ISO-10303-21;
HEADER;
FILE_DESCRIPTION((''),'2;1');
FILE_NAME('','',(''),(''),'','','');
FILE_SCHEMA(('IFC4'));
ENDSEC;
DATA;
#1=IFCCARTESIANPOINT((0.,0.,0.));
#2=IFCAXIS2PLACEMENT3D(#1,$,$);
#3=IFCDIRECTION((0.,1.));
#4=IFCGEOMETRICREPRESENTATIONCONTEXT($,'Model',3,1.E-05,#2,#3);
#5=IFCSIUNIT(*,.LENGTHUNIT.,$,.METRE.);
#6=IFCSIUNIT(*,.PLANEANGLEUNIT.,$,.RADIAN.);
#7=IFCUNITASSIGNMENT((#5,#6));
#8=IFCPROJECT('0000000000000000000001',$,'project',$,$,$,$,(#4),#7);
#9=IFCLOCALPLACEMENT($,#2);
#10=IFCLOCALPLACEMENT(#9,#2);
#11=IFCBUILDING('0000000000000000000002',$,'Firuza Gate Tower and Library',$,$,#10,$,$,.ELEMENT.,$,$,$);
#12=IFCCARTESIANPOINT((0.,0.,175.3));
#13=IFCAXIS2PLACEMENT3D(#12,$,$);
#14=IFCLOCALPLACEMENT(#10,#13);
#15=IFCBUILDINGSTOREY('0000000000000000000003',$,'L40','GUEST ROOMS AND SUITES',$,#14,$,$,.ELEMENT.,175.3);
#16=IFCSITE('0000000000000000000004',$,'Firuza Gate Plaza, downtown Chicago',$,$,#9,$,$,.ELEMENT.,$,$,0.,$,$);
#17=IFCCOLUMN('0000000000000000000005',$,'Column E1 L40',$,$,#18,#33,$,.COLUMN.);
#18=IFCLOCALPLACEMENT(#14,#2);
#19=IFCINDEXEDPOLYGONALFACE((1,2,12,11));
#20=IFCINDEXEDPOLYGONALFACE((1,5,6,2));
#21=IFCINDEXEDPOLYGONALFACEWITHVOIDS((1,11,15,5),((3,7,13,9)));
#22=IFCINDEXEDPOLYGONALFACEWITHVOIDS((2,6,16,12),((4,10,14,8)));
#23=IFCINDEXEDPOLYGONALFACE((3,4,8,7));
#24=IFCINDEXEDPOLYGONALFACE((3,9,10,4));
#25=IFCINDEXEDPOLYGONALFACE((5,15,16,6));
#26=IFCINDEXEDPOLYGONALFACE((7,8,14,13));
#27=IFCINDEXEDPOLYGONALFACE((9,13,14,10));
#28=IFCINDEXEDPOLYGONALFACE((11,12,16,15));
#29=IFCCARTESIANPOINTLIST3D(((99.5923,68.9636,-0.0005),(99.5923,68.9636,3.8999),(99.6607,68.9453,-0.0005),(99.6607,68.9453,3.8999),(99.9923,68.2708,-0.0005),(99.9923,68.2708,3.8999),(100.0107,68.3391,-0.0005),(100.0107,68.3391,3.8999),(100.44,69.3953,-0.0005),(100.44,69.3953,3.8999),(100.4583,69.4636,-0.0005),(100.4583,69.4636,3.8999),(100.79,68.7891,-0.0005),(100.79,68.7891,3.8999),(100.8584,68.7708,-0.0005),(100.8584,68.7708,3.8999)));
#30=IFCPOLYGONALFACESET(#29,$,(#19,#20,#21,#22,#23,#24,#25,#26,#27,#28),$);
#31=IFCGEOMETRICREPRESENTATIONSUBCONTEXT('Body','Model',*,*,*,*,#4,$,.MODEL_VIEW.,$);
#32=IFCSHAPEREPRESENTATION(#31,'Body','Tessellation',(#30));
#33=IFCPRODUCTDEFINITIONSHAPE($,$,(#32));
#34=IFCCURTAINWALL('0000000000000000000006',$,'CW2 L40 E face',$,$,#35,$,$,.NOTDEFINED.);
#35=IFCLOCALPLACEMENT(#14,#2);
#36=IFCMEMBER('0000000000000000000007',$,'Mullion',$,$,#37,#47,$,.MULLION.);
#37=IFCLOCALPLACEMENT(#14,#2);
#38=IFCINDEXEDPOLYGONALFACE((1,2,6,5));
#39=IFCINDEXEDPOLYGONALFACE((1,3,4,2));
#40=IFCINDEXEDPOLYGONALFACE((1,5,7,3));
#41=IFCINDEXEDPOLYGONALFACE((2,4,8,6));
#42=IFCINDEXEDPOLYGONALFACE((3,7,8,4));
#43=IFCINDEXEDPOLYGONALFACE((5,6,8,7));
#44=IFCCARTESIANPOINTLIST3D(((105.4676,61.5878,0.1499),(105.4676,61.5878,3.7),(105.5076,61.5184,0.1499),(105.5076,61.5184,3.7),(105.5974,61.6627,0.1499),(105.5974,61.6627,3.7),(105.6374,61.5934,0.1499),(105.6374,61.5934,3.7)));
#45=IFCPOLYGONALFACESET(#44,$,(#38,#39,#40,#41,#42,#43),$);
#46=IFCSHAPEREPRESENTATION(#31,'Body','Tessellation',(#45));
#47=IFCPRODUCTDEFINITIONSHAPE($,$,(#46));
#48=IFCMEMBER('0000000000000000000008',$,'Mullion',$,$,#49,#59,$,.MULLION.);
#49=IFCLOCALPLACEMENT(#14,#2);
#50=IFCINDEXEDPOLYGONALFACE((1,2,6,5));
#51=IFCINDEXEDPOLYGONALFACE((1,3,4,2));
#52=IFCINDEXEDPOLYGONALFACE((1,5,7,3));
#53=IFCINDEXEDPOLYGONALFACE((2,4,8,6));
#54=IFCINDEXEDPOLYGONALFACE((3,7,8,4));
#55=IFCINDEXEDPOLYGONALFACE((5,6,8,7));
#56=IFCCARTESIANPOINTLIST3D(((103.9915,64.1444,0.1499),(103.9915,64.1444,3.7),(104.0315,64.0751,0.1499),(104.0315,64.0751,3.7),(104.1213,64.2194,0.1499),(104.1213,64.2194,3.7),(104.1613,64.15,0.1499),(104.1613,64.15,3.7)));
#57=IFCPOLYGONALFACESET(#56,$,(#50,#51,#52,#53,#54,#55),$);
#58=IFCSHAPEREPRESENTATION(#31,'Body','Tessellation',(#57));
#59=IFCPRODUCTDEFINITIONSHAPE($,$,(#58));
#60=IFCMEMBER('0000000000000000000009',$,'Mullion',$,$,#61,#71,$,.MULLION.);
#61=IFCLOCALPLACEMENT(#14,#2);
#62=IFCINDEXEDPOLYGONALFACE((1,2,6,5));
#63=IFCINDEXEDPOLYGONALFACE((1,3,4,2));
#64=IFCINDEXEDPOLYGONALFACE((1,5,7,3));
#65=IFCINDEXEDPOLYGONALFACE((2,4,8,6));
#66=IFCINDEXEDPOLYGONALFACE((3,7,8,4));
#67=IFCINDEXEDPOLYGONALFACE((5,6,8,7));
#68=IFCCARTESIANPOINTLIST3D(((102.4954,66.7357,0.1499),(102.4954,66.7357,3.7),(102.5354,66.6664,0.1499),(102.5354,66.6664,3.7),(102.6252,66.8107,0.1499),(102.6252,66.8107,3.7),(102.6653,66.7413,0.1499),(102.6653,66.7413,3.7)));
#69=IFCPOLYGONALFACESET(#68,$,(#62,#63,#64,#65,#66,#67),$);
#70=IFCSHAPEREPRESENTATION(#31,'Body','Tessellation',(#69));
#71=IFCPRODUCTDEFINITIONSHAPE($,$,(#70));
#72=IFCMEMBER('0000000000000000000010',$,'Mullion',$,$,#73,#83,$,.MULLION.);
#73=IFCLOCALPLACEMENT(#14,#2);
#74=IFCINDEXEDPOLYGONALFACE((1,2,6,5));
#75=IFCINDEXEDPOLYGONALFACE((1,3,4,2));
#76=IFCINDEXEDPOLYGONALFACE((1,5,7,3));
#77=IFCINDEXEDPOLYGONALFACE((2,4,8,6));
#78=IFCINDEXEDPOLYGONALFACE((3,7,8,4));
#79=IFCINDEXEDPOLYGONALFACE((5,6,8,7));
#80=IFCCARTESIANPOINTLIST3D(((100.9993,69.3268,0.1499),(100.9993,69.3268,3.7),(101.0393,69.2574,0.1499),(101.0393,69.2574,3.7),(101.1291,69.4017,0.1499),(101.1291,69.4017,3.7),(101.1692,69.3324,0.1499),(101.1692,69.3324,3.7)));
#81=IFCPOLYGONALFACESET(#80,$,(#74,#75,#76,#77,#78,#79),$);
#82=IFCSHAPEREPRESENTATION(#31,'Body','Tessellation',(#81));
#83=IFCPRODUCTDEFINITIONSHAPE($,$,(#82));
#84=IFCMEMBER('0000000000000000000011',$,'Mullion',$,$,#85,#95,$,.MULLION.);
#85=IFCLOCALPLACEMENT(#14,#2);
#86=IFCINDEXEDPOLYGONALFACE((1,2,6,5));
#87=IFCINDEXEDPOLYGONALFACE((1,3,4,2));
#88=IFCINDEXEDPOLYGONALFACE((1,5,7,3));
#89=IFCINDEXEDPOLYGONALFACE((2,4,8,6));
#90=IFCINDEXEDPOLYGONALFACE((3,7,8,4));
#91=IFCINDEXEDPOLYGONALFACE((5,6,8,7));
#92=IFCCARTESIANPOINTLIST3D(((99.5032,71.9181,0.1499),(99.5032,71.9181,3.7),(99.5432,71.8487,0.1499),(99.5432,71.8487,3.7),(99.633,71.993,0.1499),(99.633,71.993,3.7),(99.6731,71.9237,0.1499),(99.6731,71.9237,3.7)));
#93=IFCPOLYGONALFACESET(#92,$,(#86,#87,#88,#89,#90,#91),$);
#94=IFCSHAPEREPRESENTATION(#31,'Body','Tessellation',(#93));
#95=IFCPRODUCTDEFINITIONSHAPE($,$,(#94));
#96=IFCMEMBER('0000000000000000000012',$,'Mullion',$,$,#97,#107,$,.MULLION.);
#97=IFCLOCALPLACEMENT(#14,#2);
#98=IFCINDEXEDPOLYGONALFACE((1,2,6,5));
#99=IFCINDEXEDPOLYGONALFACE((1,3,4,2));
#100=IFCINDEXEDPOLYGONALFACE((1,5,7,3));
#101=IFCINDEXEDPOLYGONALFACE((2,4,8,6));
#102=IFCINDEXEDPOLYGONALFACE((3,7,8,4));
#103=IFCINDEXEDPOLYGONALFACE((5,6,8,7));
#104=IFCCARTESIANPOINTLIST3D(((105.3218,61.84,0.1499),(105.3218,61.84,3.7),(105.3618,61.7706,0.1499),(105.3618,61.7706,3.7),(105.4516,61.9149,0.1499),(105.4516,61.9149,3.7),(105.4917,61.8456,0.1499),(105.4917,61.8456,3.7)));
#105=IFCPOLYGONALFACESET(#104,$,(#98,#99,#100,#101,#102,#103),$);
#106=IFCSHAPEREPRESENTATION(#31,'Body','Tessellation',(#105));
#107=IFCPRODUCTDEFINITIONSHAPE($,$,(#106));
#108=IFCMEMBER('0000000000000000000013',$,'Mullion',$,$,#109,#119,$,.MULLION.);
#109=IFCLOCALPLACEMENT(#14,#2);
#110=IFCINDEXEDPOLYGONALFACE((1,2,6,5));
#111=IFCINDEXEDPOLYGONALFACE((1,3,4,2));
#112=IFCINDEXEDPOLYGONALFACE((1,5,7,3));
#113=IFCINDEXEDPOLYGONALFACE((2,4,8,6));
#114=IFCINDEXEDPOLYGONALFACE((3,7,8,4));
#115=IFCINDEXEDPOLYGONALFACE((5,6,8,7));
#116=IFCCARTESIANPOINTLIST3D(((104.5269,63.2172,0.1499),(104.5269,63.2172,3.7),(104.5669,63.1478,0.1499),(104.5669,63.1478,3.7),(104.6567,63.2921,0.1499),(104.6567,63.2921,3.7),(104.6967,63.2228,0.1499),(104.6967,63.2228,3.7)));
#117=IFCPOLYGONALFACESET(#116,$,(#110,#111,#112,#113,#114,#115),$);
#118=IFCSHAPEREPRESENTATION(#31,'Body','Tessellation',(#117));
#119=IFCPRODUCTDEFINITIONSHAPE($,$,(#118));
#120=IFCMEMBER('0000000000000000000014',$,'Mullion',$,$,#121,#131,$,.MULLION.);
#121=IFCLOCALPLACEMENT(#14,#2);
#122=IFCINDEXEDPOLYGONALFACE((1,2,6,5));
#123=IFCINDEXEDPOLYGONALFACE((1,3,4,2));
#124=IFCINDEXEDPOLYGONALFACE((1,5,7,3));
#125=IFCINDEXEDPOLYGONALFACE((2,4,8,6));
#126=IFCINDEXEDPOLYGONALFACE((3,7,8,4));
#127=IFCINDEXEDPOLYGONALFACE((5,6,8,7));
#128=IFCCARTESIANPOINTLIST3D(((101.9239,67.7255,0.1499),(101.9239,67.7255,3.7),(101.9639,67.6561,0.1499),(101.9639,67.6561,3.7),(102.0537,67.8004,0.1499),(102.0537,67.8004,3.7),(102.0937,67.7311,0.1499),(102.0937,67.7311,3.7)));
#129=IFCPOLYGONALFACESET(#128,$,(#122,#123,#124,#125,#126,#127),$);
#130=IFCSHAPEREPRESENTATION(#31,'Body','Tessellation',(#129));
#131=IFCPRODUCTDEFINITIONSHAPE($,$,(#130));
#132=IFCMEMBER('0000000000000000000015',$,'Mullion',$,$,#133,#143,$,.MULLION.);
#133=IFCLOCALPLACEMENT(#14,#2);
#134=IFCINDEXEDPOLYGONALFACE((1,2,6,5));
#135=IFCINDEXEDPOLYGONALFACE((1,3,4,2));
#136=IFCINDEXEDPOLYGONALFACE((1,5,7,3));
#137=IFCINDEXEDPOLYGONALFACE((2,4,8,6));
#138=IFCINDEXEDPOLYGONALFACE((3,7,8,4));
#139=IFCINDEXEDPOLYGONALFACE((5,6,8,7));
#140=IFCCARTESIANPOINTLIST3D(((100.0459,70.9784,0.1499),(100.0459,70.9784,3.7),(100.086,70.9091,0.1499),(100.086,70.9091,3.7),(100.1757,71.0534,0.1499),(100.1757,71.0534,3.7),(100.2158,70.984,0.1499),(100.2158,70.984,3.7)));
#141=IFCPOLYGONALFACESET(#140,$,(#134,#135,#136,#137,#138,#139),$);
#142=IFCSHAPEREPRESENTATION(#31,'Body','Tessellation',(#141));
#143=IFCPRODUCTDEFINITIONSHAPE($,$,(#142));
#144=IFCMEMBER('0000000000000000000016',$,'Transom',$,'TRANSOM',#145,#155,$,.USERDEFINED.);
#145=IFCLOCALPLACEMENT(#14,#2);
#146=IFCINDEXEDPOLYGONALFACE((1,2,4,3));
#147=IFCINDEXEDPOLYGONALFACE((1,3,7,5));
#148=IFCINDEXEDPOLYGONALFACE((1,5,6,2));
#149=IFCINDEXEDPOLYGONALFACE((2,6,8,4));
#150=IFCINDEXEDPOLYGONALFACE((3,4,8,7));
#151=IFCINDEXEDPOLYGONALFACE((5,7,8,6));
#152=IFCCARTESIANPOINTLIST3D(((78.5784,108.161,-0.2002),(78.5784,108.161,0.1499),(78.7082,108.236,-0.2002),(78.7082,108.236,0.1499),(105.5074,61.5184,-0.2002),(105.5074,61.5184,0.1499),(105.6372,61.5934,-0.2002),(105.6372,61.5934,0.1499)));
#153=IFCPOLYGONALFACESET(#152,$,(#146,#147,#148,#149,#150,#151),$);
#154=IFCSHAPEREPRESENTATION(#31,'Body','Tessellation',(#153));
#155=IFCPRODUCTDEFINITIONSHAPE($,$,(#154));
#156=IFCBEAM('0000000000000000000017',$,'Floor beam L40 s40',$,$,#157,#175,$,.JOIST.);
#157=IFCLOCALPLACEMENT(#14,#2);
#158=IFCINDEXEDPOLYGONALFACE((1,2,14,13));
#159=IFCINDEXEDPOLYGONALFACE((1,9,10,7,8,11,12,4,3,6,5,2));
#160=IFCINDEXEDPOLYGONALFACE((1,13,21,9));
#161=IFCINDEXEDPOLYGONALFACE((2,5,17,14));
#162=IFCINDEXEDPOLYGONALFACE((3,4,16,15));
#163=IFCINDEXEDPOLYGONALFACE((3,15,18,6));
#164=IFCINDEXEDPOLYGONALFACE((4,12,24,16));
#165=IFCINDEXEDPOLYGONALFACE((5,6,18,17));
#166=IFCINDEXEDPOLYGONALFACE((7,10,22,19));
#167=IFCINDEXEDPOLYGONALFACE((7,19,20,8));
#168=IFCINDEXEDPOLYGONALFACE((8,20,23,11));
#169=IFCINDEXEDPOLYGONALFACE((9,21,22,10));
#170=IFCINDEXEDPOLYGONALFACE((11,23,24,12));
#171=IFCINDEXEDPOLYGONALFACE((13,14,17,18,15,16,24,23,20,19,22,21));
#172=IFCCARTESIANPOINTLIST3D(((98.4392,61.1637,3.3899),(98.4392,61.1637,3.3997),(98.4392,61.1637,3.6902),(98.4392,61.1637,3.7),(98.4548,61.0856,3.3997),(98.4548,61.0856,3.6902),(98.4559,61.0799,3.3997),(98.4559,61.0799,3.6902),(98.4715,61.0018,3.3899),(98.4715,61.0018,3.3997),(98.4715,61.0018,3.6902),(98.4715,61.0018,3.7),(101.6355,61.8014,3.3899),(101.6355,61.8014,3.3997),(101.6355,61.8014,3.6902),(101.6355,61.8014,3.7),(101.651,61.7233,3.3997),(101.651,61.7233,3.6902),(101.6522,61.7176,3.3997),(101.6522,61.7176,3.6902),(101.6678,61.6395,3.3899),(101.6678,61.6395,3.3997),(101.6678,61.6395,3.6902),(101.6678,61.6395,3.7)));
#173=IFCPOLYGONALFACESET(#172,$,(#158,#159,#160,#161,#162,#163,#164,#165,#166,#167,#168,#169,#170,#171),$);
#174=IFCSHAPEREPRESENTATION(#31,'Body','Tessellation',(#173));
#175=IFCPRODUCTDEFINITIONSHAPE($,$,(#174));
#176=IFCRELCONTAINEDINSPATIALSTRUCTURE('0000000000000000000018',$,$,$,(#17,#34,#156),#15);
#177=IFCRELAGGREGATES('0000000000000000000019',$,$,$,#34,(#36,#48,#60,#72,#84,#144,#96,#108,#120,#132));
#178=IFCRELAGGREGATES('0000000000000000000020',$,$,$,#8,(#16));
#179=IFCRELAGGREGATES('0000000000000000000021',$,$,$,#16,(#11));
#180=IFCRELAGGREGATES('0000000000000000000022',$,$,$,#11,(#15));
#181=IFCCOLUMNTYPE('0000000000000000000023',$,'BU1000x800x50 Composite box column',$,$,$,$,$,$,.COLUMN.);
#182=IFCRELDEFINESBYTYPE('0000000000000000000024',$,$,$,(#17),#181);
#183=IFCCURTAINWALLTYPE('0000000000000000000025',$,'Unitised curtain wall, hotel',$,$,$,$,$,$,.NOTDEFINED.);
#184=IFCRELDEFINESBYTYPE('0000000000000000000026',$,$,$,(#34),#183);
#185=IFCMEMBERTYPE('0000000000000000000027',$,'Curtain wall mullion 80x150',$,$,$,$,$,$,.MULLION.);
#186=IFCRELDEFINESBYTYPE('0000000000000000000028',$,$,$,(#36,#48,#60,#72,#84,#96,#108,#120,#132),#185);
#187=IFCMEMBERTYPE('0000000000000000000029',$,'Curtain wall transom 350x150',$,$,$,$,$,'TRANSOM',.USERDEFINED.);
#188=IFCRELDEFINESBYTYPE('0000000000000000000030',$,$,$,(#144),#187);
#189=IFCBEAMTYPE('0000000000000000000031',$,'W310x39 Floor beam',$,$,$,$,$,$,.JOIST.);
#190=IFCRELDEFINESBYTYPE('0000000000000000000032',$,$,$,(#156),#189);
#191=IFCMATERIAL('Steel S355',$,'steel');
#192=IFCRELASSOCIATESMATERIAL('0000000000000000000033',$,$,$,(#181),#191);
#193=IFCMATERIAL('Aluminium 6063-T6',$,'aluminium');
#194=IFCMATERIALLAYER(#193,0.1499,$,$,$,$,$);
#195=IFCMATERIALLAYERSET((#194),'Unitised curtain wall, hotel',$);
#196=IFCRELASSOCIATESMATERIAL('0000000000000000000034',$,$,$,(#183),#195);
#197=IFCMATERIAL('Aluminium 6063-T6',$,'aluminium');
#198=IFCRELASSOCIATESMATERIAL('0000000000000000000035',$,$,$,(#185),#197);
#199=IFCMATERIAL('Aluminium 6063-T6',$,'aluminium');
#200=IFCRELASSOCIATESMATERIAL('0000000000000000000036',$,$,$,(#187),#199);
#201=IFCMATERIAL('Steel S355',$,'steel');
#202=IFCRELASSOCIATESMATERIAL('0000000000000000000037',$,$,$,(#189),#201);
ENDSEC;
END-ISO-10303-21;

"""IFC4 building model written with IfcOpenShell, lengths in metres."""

from ifc_helpers import new_model, si_unit, direction, frame, origin, origin_2d, place, context, subcontext, project, spatial, rectangle, hollow_rectangle, i_section, extrude, material, layer, layer_set, material_profile, profile_set, type_object, element, aggregate, save


model = new_model("IFC4")

# Units and contexts
model_context = context("Model", 3, precision=1e-05, world=origin(), true_north=direction((0.0, 1.0)))
body_context = subcontext(model_context, "Body", "Model", "MODEL_VIEW")
ifc_project = project(units=[si_unit("LENGTHUNIT", "METRE"), si_unit("PLANEANGLEUNIT", "RADIAN")], contexts=[model_context])

# Site, building, storey
site_placement = place(None, origin())
site = spatial("IfcSite", under=ifc_project, at=site_placement, Name="Firuza Gate Plaza, downtown Chicago", CompositionType="ELEMENT", RefElevation=0.0)
building_placement = place(site_placement, origin())
building = spatial("IfcBuilding", under=site, at=building_placement, Name="Firuza Gate Tower and Library", CompositionType="ELEMENT")
storey_placement = place(building_placement, frame((0.0, 0.0, 175.3)))
storey = spatial("IfcBuildingStorey", under=building, at=storey_placement, Name="L40", Description="GUEST ROOMS AND SUITES", CompositionType="ELEMENT", Elevation=175.3)

# Column
ifc_material_1 = material(Name="Steel S355", Category="steel")
ifc_material_profile_1 = material_profile(ifc_material_1, hollow_rectangle(XDim=0.8, YDim=1.0, WallThickness=0.05, at=origin_2d()))
ifc_profile_set_1 = profile_set([ifc_material_profile_1], Name="Steel S355")
column_type = type_object("IfcColumnType", Name="BU1000x800x50 Composite box column", PredefinedType="COLUMN", material=ifc_profile_set_1)
column_placement = place(storey_placement, frame((100.2253, 68.8672, -0.0005), z_axis=(0.0, 0.0, 1.0), x_axis=(-0.5, 0.866025, 0.0)))
element("IfcColumn", 1, at=column_placement, inside=storey, type_object=column_type, Name="Column E1 L40", PredefinedType="COLUMN", context=body_context, shape_type="SweptSolid", body=[
    extrude(hollow_rectangle(XDim=0.8, YDim=1.0, WallThickness=0.05, at=origin_2d()), origin(), (0.0, 0.0, 1.0), 3.9004),
])

# Curtain wall, members
ifc_material_2 = material(Name="Aluminium 6063-T6", Category="aluminium")
ifc_layer_1 = layer(ifc_material_2, 0.1499)
ifc_layer_set_1 = layer_set([ifc_layer_1], Name="Unitised curtain wall, hotel")
curtain_wall_type = type_object("IfcCurtainWallType", Name="Unitised curtain wall, hotel", PredefinedType="NOTDEFINED", material=ifc_layer_set_1)
curtain_wall_placement = place(storey_placement, origin())
curtain_wall = element("IfcCurtainWall", 2, at=curtain_wall_placement, inside=storey, type_object=curtain_wall_type, Name="CW2 L40 E face", PredefinedType="NOTDEFINED")
ifc_material_3 = material(Name="Aluminium 6063-T6", Category="aluminium")
ifc_material_profile_2 = material_profile(ifc_material_3, rectangle(XDim=0.1499, YDim=0.0801, at=origin_2d()))
ifc_profile_set_2 = profile_set([ifc_material_profile_2], Name="Aluminium 6063-T6")
member_type_1 = type_object("IfcMemberType", Name="Curtain wall mullion 80x150", PredefinedType="MULLION", material=ifc_profile_set_2)
member_1_placement = place(storey_placement, frame((105.5525, 61.5906, 0.1499), z_axis=(0.0, 0.0, 1.0), x_axis=(-0.866025, -0.5, 0.0)))
member_1 = element("IfcMember", 3, at=member_1_placement, type_object=member_type_1, Name="Mullion", PredefinedType="MULLION", context=body_context, shape_type="SweptSolid", body=[
    extrude(rectangle(XDim=0.1499, YDim=0.0801, at=origin_2d()), origin(), (0.0, 0.0, 1.0), 3.55),
])
member_2_placement = place(storey_placement, frame((104.0764, 64.1472, 0.1499), z_axis=(0.0, 0.0, 1.0), x_axis=(-0.866025, -0.5, 0.0)))
member_2 = element("IfcMember", 4, at=member_2_placement, type_object=member_type_1, Name="Mullion", PredefinedType="MULLION", context=body_context, shape_type="SweptSolid", body=[
    extrude(rectangle(XDim=0.1499, YDim=0.0801, at=origin_2d()), origin(), (0.0, 0.0, 1.0), 3.55),
])
member_3_placement = place(storey_placement, frame((102.5803, 66.7385, 0.1499), z_axis=(0.0, 0.0, 1.0), x_axis=(-0.866025, -0.5, 0.0)))
member_3 = element("IfcMember", 5, at=member_3_placement, type_object=member_type_1, Name="Mullion", PredefinedType="MULLION", context=body_context, shape_type="SweptSolid", body=[
    extrude(rectangle(XDim=0.1499, YDim=0.0801, at=origin_2d()), origin(), (0.0, 0.0, 1.0), 3.55),
])
member_4_placement = place(storey_placement, frame((101.0842, 69.3296, 0.1499), z_axis=(0.0, 0.0, 1.0), x_axis=(-0.866025, -0.5, 0.0)))
member_4 = element("IfcMember", 6, at=member_4_placement, type_object=member_type_1, Name="Mullion", PredefinedType="MULLION", context=body_context, shape_type="SweptSolid", body=[
    extrude(rectangle(XDim=0.1499, YDim=0.0801, at=origin_2d()), origin(), (0.0, 0.0, 1.0), 3.55),
])
member_5_placement = place(storey_placement, frame((99.5881, 71.9209, 0.1499), z_axis=(0.0, 0.0, 1.0), x_axis=(-0.866025, -0.5, 0.0)))
member_5 = element("IfcMember", 7, at=member_5_placement, type_object=member_type_1, Name="Mullion", PredefinedType="MULLION", context=body_context, shape_type="SweptSolid", body=[
    extrude(rectangle(XDim=0.1499, YDim=0.0801, at=origin_2d()), origin(), (0.0, 0.0, 1.0), 3.55),
])
member_6_placement = place(storey_placement, frame((105.4067, 61.8428, 0.1499), z_axis=(0.0, 0.0, 1.0), x_axis=(-0.866025, -0.5, 0.0)))
member_6 = element("IfcMember", 8, at=member_6_placement, type_object=member_type_1, Name="Mullion", PredefinedType="MULLION", context=body_context, shape_type="SweptSolid", body=[
    extrude(rectangle(XDim=0.1499, YDim=0.0801, at=origin_2d()), origin(), (0.0, 0.0, 1.0), 3.55),
])
member_7_placement = place(storey_placement, frame((104.6118, 63.22, 0.1499), z_axis=(0.0, 0.0, 1.0), x_axis=(-0.866025, -0.5, 0.0)))
member_7 = element("IfcMember", 9, at=member_7_placement, type_object=member_type_1, Name="Mullion", PredefinedType="MULLION", context=body_context, shape_type="SweptSolid", body=[
    extrude(rectangle(XDim=0.1499, YDim=0.0801, at=origin_2d()), origin(), (0.0, 0.0, 1.0), 3.55),
])
member_8_placement = place(storey_placement, frame((102.0088, 67.7283, 0.1499), z_axis=(0.0, 0.0, 1.0), x_axis=(-0.866025, -0.5, 0.0)))
member_8 = element("IfcMember", 10, at=member_8_placement, type_object=member_type_1, Name="Mullion", PredefinedType="MULLION", context=body_context, shape_type="SweptSolid", body=[
    extrude(rectangle(XDim=0.1499, YDim=0.0801, at=origin_2d()), origin(), (0.0, 0.0, 1.0), 3.55),
])
member_9_placement = place(storey_placement, frame((100.1309, 70.9812, 0.1499), z_axis=(0.0, 0.0, 1.0), x_axis=(-0.866025, -0.5, 0.0)))
member_9 = element("IfcMember", 11, at=member_9_placement, type_object=member_type_1, Name="Mullion", PredefinedType="MULLION", context=body_context, shape_type="SweptSolid", body=[
    extrude(rectangle(XDim=0.1499, YDim=0.0801, at=origin_2d()), origin(), (0.0, 0.0, 1.0), 3.55),
])
ifc_material_4 = material(Name="Aluminium 6063-T6", Category="aluminium")
ifc_material_profile_3 = material_profile(ifc_material_4, rectangle(XDim=0.1499, YDim=0.3501, at=origin_2d()))
ifc_profile_set_3 = profile_set([ifc_material_profile_3], Name="Aluminium 6063-T6")
member_type_2 = type_object("IfcMemberType", Name="Curtain wall transom 350x150", ElementType="TRANSOM", PredefinedType="USERDEFINED", material=ifc_profile_set_3)
member_10_placement = place(storey_placement, frame((105.5723, 61.5559, -0.0251), z_axis=(-0.499998, 0.866027, 0.0), x_axis=(-0.866027, -0.499998, 0.0)))
member_10 = element("IfcMember", 12, at=member_10_placement, type_object=member_type_2, Name="Transom", ObjectType="TRANSOM", PredefinedType="USERDEFINED", context=body_context, shape_type="SweptSolid", body=[
    extrude(rectangle(XDim=0.1499, YDim=0.3501, at=origin_2d()), origin(), (0.0, 0.0, 1.0), 53.8582),
])

# Beam
ifc_material_5 = material(Name="Steel S355", Category="steel")
ifc_material_profile_4 = material_profile(ifc_material_5, i_section(OverallWidth=0.165, OverallDepth=0.3101, WebThickness=0.0059, FlangeThickness=0.0098, at=origin_2d()))
ifc_profile_set_4 = profile_set([ifc_material_profile_4], Name="Steel S355")
beam_type_1 = type_object("IfcBeamType", Name="W310x39 Floor beam", PredefinedType="JOIST", material=ifc_profile_set_4)
beam_1_placement = place(storey_placement, frame((101.6516, 61.7205, 3.5449), z_axis=(-0.980673, -0.195655, 0.0), x_axis=(0.195655, -0.980673, 0.0)))
element("IfcBeam", 13, at=beam_1_placement, inside=storey, type_object=beam_type_1, Name="Floor beam L40 s40", PredefinedType="JOIST", context=body_context, shape_type="SweptSolid", body=[
    extrude(i_section(OverallWidth=0.165, OverallDepth=0.3101, WebThickness=0.0059, FlangeThickness=0.0098, at=origin_2d()), origin(), (0.0, 0.0, 1.0), 3.2593),
])

aggregate(curtain_wall, [member_1, member_2, member_3, member_4, member_5, member_10, member_6, member_7, member_8, member_9])

save(model, "model.ifc")
